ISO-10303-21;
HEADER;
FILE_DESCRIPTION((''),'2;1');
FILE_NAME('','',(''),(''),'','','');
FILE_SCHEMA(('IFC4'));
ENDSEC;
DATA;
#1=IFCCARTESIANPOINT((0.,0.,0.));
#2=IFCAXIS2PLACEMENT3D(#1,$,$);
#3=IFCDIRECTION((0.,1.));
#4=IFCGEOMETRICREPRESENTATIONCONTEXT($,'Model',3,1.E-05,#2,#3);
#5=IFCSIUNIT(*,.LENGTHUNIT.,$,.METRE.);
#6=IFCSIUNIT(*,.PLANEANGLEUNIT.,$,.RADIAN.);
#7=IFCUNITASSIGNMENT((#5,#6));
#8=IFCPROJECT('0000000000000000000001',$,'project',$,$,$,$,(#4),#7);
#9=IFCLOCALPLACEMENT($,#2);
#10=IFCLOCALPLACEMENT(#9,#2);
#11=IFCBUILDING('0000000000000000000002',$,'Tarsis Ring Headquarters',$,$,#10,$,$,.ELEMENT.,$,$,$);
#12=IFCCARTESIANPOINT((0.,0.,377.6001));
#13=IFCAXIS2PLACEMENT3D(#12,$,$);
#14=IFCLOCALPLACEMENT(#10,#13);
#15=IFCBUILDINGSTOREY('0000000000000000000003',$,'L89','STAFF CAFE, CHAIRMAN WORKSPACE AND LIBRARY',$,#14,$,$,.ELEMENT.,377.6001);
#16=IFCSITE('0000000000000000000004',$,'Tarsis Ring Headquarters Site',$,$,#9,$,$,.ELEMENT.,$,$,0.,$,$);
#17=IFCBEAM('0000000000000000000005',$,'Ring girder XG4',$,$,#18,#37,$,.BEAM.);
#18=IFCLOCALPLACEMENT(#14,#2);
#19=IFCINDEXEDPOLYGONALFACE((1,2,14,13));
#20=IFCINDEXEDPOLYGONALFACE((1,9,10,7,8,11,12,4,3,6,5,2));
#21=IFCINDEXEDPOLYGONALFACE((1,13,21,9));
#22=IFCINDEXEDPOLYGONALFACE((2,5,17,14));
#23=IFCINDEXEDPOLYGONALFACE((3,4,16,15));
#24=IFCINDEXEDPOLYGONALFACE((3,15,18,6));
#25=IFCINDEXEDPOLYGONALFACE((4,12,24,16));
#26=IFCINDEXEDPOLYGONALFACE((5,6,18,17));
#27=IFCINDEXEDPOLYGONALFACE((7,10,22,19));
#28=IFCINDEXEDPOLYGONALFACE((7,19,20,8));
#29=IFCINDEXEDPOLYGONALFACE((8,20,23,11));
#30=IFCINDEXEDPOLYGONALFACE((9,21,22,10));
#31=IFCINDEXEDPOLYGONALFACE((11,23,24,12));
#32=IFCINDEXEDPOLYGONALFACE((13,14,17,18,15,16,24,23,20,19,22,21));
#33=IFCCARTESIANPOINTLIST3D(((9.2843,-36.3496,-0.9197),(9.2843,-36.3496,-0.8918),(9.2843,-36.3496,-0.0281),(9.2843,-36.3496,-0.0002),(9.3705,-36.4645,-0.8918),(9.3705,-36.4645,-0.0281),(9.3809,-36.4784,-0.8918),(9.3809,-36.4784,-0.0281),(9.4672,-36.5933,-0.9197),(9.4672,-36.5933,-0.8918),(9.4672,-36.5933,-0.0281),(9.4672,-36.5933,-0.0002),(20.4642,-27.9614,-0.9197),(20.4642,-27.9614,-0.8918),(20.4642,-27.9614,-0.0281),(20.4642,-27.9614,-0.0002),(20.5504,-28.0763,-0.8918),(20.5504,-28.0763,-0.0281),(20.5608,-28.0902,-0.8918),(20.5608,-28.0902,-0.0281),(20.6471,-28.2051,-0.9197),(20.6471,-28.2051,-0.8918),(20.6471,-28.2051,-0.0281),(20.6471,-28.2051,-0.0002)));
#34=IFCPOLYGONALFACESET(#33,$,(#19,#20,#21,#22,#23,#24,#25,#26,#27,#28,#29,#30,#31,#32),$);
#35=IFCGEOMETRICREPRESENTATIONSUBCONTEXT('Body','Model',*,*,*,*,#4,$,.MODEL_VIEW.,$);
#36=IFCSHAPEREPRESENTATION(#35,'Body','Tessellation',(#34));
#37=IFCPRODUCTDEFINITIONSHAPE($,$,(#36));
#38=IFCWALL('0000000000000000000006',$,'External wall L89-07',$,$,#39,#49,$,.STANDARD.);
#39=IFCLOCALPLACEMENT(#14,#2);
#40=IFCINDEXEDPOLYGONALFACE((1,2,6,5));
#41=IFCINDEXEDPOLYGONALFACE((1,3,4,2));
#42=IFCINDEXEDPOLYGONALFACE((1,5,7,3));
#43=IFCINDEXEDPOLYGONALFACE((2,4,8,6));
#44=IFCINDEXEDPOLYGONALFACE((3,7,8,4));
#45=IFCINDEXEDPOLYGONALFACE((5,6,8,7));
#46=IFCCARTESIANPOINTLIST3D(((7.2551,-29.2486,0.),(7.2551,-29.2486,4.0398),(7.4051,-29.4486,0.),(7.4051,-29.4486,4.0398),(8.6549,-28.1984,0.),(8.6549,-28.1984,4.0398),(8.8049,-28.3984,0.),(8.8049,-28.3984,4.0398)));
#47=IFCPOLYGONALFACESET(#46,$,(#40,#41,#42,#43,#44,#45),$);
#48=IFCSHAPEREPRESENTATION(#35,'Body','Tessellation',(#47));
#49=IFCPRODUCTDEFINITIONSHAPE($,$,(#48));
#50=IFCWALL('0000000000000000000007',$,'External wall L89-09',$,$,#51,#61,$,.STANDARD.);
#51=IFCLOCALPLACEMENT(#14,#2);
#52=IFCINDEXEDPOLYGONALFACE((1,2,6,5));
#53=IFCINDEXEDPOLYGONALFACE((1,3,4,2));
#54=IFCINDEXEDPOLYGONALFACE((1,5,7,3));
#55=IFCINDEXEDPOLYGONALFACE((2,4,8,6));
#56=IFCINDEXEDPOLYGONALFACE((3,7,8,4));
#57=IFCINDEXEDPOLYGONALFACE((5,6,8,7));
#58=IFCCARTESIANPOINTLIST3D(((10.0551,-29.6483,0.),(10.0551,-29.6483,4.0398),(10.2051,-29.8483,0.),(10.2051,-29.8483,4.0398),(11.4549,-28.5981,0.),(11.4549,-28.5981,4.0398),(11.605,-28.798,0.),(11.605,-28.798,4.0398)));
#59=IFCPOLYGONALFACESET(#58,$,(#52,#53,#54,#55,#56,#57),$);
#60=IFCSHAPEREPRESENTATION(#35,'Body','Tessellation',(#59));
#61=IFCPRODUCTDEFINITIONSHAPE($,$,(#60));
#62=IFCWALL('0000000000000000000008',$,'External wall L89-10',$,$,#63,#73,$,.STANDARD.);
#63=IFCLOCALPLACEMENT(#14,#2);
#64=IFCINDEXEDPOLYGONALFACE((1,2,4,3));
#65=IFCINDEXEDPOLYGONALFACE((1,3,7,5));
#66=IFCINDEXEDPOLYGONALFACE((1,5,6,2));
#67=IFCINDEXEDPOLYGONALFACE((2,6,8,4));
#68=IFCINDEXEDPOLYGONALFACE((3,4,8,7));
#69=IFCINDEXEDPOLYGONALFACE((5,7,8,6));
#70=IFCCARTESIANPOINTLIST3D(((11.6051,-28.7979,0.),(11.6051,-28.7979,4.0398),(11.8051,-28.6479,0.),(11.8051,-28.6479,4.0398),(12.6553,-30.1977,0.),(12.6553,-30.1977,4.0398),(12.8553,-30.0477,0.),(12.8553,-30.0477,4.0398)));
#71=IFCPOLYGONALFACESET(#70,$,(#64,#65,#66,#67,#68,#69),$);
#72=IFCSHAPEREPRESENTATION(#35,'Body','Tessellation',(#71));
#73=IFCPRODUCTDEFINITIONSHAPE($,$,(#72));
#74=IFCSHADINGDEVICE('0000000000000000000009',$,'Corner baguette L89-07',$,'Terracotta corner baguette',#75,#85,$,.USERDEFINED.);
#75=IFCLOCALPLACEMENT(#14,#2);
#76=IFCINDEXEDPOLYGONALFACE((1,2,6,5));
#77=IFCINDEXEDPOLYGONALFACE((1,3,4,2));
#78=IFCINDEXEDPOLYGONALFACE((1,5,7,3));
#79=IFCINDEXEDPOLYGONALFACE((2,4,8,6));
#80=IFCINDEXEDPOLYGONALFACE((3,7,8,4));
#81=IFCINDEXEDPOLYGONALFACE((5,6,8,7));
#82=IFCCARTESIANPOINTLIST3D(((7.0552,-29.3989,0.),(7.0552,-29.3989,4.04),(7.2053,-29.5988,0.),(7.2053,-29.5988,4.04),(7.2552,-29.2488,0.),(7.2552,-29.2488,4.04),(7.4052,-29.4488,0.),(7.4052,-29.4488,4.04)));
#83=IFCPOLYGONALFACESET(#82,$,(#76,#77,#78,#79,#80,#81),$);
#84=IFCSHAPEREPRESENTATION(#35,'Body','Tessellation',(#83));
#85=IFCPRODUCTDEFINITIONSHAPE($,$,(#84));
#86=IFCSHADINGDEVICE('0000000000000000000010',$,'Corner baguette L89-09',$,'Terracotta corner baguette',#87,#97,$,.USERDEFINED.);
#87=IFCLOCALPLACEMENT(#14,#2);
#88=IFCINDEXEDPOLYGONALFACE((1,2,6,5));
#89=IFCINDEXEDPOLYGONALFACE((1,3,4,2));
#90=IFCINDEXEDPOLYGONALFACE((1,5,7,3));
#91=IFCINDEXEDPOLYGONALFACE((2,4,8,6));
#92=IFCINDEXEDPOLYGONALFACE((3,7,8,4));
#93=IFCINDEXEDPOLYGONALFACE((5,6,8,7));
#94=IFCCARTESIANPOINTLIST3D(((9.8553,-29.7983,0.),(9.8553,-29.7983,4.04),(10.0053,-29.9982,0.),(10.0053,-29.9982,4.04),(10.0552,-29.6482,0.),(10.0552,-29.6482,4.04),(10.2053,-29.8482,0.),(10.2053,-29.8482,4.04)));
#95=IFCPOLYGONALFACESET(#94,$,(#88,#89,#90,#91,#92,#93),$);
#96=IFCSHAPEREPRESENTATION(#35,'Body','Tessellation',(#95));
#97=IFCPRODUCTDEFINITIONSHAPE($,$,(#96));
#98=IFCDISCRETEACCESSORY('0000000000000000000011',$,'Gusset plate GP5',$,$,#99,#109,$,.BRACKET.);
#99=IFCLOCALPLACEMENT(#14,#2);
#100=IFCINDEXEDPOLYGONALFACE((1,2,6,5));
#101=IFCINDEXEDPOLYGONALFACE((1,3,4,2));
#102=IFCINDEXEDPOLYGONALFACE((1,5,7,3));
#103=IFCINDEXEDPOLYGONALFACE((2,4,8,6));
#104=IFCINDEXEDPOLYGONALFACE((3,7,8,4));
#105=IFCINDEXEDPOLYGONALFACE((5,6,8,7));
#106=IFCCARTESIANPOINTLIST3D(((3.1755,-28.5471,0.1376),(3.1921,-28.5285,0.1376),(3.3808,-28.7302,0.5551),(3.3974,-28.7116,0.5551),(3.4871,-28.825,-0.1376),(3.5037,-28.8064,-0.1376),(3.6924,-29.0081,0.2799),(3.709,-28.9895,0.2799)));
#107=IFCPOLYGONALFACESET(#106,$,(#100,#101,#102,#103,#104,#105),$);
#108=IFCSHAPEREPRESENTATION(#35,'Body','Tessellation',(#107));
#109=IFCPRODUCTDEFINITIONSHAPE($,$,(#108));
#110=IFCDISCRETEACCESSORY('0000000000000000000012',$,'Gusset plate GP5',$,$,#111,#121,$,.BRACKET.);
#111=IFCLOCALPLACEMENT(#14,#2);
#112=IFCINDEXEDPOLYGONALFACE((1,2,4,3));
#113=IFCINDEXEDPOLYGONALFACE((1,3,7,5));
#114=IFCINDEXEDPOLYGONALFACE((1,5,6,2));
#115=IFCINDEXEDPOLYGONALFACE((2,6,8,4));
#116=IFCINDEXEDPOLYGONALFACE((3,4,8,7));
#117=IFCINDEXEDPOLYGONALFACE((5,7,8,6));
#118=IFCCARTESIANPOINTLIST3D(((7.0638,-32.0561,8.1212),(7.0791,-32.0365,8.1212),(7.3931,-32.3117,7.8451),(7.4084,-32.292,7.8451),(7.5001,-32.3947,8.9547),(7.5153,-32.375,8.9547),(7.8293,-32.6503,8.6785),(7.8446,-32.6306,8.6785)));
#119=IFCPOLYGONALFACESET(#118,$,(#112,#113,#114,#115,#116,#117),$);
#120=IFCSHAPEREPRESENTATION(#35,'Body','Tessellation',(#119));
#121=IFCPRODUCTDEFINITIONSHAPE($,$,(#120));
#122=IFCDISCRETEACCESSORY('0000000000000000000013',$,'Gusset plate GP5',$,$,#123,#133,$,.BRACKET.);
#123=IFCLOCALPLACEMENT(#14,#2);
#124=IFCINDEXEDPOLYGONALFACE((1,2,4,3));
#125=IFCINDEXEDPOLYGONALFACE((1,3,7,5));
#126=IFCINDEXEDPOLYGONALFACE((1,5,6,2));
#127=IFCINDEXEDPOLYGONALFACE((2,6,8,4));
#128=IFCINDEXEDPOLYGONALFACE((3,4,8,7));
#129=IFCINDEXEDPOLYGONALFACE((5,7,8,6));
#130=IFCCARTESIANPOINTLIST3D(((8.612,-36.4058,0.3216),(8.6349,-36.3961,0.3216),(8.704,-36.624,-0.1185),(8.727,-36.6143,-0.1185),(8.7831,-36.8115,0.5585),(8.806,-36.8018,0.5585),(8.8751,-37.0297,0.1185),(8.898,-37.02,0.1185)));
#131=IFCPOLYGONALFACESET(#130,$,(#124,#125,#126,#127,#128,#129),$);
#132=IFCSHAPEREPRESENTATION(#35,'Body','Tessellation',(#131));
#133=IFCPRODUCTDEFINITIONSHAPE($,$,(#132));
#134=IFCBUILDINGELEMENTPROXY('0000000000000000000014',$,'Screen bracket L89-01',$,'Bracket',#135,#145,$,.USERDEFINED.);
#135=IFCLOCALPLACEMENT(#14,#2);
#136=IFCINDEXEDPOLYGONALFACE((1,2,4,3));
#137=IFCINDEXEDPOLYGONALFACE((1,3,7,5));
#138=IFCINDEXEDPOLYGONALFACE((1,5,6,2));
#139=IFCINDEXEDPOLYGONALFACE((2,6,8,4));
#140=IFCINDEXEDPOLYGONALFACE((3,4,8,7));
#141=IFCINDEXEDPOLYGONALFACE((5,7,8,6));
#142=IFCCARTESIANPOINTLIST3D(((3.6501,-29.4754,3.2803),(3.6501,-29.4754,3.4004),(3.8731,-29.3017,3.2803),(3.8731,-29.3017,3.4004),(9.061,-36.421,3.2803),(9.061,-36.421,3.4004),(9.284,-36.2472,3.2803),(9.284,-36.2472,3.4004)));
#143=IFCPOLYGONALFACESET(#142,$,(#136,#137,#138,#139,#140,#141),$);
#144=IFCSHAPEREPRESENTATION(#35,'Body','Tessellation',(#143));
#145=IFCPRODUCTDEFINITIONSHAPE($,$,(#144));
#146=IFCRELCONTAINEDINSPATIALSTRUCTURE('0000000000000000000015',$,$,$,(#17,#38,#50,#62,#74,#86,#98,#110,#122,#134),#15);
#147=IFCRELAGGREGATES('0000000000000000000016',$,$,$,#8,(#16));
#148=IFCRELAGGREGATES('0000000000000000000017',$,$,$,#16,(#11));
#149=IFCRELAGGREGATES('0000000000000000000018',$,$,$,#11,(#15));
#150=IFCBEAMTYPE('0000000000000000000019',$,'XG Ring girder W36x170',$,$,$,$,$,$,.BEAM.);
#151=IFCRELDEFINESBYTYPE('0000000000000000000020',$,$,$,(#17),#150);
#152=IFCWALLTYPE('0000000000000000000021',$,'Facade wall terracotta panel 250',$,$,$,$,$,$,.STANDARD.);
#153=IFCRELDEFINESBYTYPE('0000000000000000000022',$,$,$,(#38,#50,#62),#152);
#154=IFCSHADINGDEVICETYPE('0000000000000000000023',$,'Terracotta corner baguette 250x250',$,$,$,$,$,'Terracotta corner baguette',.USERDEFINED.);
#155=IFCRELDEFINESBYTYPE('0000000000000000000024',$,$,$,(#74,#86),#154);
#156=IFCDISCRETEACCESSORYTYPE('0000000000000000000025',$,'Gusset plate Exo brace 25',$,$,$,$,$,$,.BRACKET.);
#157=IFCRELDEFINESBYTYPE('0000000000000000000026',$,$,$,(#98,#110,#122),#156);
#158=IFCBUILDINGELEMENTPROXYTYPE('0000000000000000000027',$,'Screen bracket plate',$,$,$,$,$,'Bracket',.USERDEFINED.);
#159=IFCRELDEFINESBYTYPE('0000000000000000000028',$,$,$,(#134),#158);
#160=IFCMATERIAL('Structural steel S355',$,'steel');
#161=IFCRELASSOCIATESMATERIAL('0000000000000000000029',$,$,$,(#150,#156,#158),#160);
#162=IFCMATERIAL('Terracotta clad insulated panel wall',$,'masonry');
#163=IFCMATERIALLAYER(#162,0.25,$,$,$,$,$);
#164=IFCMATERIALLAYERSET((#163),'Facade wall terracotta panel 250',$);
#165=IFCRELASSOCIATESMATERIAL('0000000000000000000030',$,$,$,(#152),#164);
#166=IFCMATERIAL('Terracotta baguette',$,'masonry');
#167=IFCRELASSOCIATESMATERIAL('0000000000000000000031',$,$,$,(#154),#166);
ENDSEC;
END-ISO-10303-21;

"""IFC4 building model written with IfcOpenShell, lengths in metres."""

from ifc_helpers import new_model, si_unit, direction, frame, frame_2d, origin, origin_2d, place, context, subcontext, project, spatial, rectangle, i_section, extrude, material, layer, layer_set, material_profile, profile_set, type_object, element, save


model = new_model("IFC4")

# Units and contexts
model_context = context("Model", 3, precision=1e-05, world=origin(), true_north=direction((0.0, 1.0)))
body_context = subcontext(model_context, "Body", "Model", "MODEL_VIEW")
ifc_project = project(units=[si_unit("LENGTHUNIT", "METRE"), si_unit("PLANEANGLEUNIT", "RADIAN")], contexts=[model_context])

# Site, building, storey
site_placement = place(None, origin())
site = spatial("IfcSite", under=ifc_project, at=site_placement, Name="Tarsis Ring Headquarters Site", CompositionType="ELEMENT", RefElevation=0.0)
building_placement = place(site_placement, origin())
building = spatial("IfcBuilding", under=site, at=building_placement, Name="Tarsis Ring Headquarters", CompositionType="ELEMENT")
storey_placement = place(building_placement, frame((0.0, 0.0, 377.6001)))
storey = spatial("IfcBuildingStorey", under=building, at=storey_placement, Name="L89", Description="STAFF CAFE, CHAIRMAN WORKSPACE AND LIBRARY", CompositionType="ELEMENT", Elevation=377.6001)

# Shared definitions
ifc_material_1 = material(Name="Structural steel S355", Category="steel")

# Beam
ifc_material_profile_1 = material_profile(ifc_material_1, i_section(OverallWidth=0.3047, OverallDepth=0.9194, WebThickness=0.0173, FlangeThickness=0.0278, at=origin_2d()), Name="W36x170")
ifc_profile_set_1 = profile_set([ifc_material_profile_1], Name="Structural steel S355")
beam_type_1 = type_object("IfcBeamType", Name="XG Ring girder W36x170", PredefinedType="BEAM", material=ifc_profile_set_1)
beam_1_placement = place(storey_placement, frame((9.3757, -36.4714, -0.46), z_axis=(0.799889, 0.600148, 0.0), x_axis=(-0.600148, 0.799889, 0.0)))
element("IfcBeam", 1, at=beam_1_placement, inside=storey, type_object=beam_type_1, Name="Ring girder XG4", PredefinedType="BEAM", context=body_context, shape_type="SweptSolid", body=[
    extrude(i_section(OverallWidth=0.3047, OverallDepth=0.9194, WebThickness=0.0173, FlangeThickness=0.0278, at=origin_2d()), origin(), (0.0, 0.0, 1.0), 13.9768),
])

# Walls
ifc_material_2 = material(Name="Terracotta clad insulated panel wall", Category="masonry")
ifc_layer_1 = layer(ifc_material_2, 0.25)
ifc_layer_set_1 = layer_set([ifc_layer_1], Name="Facade wall terracotta panel 250")
wall_type = type_object("IfcWallType", Name="Facade wall terracotta panel 250", PredefinedType="STANDARD", material=ifc_layer_set_1)
for number, where, z_axis, x_axis, name in (
    (2, (7.3301, -29.3486, 0.0), (0.0, 0.0, 1.0), (0.7999, 0.600134, 0.0), "External wall L89-07"),
    (3, (10.1301, -29.7483, 0.0), (0.0, 0.0, 1.0), (0.7999, 0.600134, 0.0), "External wall L89-09"),
    (4, (11.7051, -28.7229, 0.0), (0.0, 0.0, 1.0), (0.600134, -0.7999, 0.0), "External wall L89-10"),
):
    element("IfcWall", number, at=place(storey_placement, frame(where, z_axis=z_axis, x_axis=x_axis)), inside=storey, type_object=wall_type, Name=name, PredefinedType="STANDARD", context=body_context, shape_type="SweptSolid", body=[
        extrude(rectangle(XDim=1.75, YDim=0.25, at=frame_2d((0.875, 0.0))), origin(), (0.0, 0.0, 1.0), 4.0398),
    ])

# Shading devices
ifc_material_3 = material(Name="Terracotta baguette", Category="masonry")
shading_device_type_1 = type_object("IfcShadingDeviceType", Name="Terracotta corner baguette 250x250", ElementType="Terracotta corner baguette", PredefinedType="USERDEFINED", material=ifc_material_3)
for number, where, z_axis, x_axis, name in (
    (5, (7.2302, -29.4238, 0.0), (0.0, 0.0, 1.0), (0.600141, -0.799894, 0.0), "Corner baguette L89-07"),
    (6, (10.0303, -29.8232, 0.0), (0.0, 0.0, 1.0), (0.600141, -0.799894, 0.0), "Corner baguette L89-09"),
):
    element("IfcShadingDevice", number, at=place(storey_placement, frame(where, z_axis=z_axis, x_axis=x_axis)), inside=storey, type_object=shading_device_type_1, Name=name, ObjectType="Terracotta corner baguette", PredefinedType="USERDEFINED", context=body_context, shape_type="SweptSolid", body=[
        extrude(rectangle(XDim=0.25, YDim=0.25, at=origin_2d()), origin(), (0.0, 0.0, 1.0), 4.04),
    ])

# Discrete accessories
ifc_material_profile_2 = material_profile(ifc_material_1, rectangle(XDim=0.0249, YDim=0.5, at=origin_2d()), Name="PL 25x500")
ifc_profile_set_2 = profile_set([ifc_material_profile_2], Name="Structural steel S355")
discrete_accessory_type = type_object("IfcDiscreteAccessoryType", Name="Gusset plate Exo brace 25", PredefinedType="BRACKET", material=ifc_profile_set_2)
discrete_accessory_1_placement = place(storey_placement, frame((3.3396, -28.6768, 0.0), z_axis=(0.410665, -0.366229, 0.835003), x_axis=(0.665575, 0.746331, 0.0)))
element("IfcDiscreteAccessory", 7, at=discrete_accessory_1_placement, inside=storey, type_object=discrete_accessory_type, Name="Gusset plate GP5", PredefinedType="BRACKET", context=body_context, shape_type="SweptSolid", body=[
    extrude(rectangle(XDim=0.0249, YDim=0.5, at=origin_2d()), origin(), (0.0, 0.0, 1.0), 0.5),
])
discrete_accessory_2_placement = place(storey_placement, frame((7.2361, -32.1741, 7.9832), z_axis=(0.43634, -0.33867, 0.833612), x_axis=(0.613145, 0.789971, 0.0)))
element("IfcDiscreteAccessory", 8, at=discrete_accessory_2_placement, inside=storey, type_object=discrete_accessory_type, Name="Gusset plate GP5", PredefinedType="BRACKET", context=body_context, shape_type="SweptSolid", body=[
    extrude(rectangle(XDim=0.0249, YDim=0.5, at=origin_2d()), origin(), (0.0, 0.0, 1.0), 0.9998),
])
discrete_accessory_3_placement = place(storey_placement, frame((8.801, -36.822, 0.0), z_axis=(-0.184129, 0.436634, 0.880595), x_axis=(-0.921422, -0.388564, 0.0)))
element("IfcDiscreteAccessory", 9, at=discrete_accessory_3_placement, inside=storey, type_object=discrete_accessory_type, Name="Gusset plate GP5", PredefinedType="BRACKET", context=body_context, shape_type="SweptSolid", body=[
    extrude(rectangle(XDim=0.0249, YDim=0.5, at=origin_2d()), origin(), (0.0, 0.0, 1.0), 0.4998),
])

# Building element proxy
building_element_proxy_type = type_object("IfcBuildingElementProxyType", Name="Screen bracket plate", ElementType="Bracket", PredefinedType="USERDEFINED", material=ifc_material_1)
proxy_placement = place(storey_placement, frame((6.467, -32.8613, 3.2803), z_axis=(0.0, 0.0, 1.0), x_axis=(0.614561, -0.78887, 0.0)))
element("IfcBuildingElementProxy", 10, at=proxy_placement, inside=storey, type_object=building_element_proxy_type, Name="Screen bracket L89-01", ObjectType="Bracket", PredefinedType="USERDEFINED", context=body_context, shape_type="SweptSolid", body=[
    extrude(rectangle(XDim=8.8044, YDim=0.2827, at=origin_2d()), origin(), (0.0, 0.0, 1.0), 0.1201),
])

save(model, "model.ifc")
